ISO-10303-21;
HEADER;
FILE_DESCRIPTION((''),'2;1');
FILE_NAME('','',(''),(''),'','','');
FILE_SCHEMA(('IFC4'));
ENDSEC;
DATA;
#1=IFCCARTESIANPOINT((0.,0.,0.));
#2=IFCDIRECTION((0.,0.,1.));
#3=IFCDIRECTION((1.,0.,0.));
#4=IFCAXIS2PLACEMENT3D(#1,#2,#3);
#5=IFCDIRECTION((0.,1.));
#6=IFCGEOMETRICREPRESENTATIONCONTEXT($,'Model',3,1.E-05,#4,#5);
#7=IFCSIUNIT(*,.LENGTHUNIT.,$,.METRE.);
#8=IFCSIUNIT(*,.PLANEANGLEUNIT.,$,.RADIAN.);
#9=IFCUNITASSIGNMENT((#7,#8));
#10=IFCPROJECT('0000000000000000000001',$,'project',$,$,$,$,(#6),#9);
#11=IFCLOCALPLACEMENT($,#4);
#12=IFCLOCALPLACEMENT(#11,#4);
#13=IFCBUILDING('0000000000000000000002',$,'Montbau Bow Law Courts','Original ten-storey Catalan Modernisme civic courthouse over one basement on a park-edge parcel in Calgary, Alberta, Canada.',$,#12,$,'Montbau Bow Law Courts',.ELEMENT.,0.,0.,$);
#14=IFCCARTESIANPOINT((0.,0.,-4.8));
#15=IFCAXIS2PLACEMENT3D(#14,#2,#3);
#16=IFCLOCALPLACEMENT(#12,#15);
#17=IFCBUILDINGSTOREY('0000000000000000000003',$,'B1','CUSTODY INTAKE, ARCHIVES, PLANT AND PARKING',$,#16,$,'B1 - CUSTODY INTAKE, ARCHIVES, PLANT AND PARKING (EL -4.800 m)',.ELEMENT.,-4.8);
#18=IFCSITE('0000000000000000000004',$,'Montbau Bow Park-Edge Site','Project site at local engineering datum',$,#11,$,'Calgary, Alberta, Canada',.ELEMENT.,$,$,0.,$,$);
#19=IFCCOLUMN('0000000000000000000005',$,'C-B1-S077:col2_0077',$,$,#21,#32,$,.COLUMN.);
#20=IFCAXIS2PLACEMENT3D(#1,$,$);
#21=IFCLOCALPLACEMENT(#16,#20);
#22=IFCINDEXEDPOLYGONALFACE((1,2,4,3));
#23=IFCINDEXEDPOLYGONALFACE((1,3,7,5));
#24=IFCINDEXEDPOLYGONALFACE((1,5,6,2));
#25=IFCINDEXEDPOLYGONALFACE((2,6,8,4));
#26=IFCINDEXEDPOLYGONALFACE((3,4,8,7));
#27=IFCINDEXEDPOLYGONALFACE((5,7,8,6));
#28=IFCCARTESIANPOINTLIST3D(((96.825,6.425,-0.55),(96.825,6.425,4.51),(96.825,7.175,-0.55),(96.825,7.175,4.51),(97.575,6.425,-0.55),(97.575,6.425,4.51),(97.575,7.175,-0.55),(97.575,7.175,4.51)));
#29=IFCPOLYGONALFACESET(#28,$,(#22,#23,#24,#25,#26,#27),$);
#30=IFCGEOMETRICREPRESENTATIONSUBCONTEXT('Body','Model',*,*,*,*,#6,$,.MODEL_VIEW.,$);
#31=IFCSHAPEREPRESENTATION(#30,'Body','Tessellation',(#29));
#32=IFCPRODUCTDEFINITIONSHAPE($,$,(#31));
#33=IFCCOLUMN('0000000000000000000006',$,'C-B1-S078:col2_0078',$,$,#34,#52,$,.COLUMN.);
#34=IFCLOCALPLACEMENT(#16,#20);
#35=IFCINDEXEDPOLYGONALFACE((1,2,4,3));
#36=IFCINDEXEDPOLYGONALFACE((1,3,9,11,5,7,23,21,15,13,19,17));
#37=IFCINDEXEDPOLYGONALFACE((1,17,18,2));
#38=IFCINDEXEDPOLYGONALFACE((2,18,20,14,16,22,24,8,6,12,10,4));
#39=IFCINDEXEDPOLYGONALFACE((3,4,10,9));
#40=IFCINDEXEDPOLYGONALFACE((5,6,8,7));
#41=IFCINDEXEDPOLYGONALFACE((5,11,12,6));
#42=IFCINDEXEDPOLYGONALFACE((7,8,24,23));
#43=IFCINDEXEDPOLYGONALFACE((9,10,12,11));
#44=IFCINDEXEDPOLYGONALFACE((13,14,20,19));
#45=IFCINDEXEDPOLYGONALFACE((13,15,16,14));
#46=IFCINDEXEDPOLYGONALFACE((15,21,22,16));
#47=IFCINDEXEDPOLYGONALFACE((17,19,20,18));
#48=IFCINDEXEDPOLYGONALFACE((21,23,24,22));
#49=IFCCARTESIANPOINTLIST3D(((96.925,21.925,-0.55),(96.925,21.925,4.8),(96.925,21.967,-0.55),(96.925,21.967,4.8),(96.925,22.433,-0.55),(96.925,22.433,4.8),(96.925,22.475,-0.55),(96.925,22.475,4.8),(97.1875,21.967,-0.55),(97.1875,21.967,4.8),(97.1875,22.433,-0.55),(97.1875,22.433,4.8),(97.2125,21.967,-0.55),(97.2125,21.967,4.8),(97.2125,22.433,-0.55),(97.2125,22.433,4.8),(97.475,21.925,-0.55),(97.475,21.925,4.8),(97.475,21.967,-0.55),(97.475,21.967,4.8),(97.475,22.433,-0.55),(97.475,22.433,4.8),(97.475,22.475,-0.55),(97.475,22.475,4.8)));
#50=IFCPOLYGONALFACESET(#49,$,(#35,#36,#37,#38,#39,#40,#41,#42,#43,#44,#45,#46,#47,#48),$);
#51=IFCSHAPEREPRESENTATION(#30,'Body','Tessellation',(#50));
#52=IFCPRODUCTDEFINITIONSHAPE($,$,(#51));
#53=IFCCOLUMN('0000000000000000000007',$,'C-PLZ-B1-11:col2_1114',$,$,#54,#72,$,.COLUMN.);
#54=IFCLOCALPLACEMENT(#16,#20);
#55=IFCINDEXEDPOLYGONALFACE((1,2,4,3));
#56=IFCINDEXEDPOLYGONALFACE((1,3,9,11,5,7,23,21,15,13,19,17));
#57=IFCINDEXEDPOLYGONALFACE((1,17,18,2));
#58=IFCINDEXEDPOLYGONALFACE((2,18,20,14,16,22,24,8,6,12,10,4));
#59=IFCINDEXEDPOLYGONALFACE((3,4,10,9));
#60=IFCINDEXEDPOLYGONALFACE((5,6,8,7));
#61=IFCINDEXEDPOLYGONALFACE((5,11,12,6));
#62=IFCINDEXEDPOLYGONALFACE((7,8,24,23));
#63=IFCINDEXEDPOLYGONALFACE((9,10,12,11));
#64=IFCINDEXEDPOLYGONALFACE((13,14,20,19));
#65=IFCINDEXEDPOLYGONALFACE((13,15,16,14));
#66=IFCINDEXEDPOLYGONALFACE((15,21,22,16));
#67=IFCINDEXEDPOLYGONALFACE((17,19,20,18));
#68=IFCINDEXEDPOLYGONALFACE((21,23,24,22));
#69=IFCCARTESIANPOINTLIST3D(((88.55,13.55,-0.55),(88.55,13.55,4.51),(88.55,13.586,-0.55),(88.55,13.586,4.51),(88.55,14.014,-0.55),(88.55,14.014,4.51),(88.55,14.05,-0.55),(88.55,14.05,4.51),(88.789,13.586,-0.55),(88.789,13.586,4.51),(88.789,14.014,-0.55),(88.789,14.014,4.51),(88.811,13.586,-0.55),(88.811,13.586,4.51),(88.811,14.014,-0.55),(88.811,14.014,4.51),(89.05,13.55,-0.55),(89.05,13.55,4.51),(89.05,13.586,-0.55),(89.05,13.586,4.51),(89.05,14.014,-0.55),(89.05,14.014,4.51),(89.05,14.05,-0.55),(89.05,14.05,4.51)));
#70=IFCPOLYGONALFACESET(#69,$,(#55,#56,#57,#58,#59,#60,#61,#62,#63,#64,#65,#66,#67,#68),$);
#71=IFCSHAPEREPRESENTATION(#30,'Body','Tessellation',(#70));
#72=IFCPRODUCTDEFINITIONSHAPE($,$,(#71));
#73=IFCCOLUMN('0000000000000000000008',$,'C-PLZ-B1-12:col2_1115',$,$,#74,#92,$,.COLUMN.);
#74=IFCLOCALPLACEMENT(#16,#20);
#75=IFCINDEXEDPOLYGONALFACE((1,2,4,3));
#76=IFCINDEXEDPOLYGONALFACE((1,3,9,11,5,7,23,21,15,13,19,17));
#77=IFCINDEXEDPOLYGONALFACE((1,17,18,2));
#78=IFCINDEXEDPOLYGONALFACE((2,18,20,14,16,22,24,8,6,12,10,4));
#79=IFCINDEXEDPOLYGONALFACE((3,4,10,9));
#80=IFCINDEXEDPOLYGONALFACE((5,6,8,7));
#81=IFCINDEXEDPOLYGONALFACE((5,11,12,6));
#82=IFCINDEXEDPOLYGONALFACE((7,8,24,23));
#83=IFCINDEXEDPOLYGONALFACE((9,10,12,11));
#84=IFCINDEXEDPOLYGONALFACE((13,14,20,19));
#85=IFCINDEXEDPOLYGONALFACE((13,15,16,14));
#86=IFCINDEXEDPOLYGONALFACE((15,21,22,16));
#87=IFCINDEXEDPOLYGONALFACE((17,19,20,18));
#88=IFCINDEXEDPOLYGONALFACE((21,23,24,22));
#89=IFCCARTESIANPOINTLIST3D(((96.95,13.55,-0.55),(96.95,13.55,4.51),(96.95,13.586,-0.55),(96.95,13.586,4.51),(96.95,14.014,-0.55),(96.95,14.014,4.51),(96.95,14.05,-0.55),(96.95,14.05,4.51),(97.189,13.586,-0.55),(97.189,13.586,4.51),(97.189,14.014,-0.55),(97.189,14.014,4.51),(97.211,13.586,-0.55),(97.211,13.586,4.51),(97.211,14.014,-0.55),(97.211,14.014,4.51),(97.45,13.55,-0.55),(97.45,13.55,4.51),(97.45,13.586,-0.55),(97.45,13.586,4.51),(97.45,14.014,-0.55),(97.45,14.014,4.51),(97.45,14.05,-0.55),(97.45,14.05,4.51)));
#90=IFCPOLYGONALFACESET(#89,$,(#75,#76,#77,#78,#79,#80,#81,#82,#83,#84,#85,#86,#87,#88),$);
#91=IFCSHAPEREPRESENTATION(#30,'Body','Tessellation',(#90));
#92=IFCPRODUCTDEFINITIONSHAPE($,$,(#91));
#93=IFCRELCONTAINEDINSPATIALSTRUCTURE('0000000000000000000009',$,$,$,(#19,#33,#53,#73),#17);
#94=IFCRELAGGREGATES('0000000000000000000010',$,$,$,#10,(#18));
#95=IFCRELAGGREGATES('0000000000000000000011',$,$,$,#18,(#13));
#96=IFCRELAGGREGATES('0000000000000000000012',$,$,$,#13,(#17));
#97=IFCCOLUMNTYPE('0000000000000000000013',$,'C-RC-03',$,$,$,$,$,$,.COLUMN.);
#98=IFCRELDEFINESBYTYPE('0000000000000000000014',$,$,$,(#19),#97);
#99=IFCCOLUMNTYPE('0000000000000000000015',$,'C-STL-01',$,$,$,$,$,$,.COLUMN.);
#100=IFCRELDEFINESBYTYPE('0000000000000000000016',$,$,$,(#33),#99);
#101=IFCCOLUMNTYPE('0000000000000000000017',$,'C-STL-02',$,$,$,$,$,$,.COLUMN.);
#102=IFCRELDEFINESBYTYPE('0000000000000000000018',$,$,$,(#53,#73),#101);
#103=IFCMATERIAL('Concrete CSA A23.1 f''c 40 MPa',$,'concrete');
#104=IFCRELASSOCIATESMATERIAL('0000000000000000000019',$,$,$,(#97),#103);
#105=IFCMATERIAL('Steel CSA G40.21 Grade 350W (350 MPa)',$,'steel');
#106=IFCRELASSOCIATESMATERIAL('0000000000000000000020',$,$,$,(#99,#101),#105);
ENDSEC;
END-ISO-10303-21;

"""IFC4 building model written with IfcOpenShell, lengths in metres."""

from ifc_helpers import new_model, si_unit, direction, frame, origin_with_axes, origin_2d_with_axis, place, context, subcontext, project, spatial, rectangle, i_section, extrude, material, material_profile, profile_set, type_object, element, save


model = new_model("IFC4")

# Units and contexts
model_context = context("Model", 3, precision=1e-05, world=origin_with_axes(), true_north=direction((0.0, 1.0)))
body_context = subcontext(model_context, "Body", "Model", "MODEL_VIEW")
ifc_project = project(units=[si_unit("LENGTHUNIT", "METRE"), si_unit("PLANEANGLEUNIT", "RADIAN")], contexts=[model_context])

# Site, building, storey
site_placement = place(None, origin_with_axes())
site = spatial("IfcSite", under=ifc_project, at=site_placement, Name="Montbau Bow Park-Edge Site", Description="Project site at local engineering datum", LongName="Calgary, Alberta, Canada", CompositionType="ELEMENT", RefElevation=0.0)
building_placement = place(site_placement, origin_with_axes())
building = spatial("IfcBuilding", under=site, at=building_placement, Name="Montbau Bow Law Courts", Description="Original ten-storey Catalan Modernisme civic courthouse over one basement on a park-edge parcel in Calgary, Alberta, Canada.", LongName="Montbau Bow Law Courts", CompositionType="ELEMENT", ElevationOfRefHeight=0.0, ElevationOfTerrain=0.0)
storey_placement = place(building_placement, frame((0.0, 0.0, -4.8), z_axis=(0.0, 0.0, 1.0), x_axis=(1.0, 0.0, 0.0)))
storey = spatial("IfcBuildingStorey", under=building, at=storey_placement, Name="B1", Description="CUSTODY INTAKE, ARCHIVES, PLANT AND PARKING", LongName="B1 - CUSTODY INTAKE, ARCHIVES, PLANT AND PARKING (EL -4.800 m)", CompositionType="ELEMENT", Elevation=-4.8)

# Shared definitions
ifc_material_1 = material(Name="Concrete CSA A23.1 f'c 40 MPa", Category="concrete")

# Columns
ifc_material_profile_1 = material_profile(ifc_material_1, rectangle(XDim=0.75, YDim=0.75, at=origin_2d_with_axis()), Name="RC750X750", Category="Main", Priority=0)
ifc_profile_set_1 = profile_set([ifc_material_profile_1], Name="Concrete CSA A23.1 f'c 40 MPa")
column_type_1 = type_object("IfcColumnType", Name="C-RC-03", PredefinedType="COLUMN", material=ifc_profile_set_1)
column_1_placement = place(None, frame((97.2, 6.8, -5.35), z_axis=(0.0, 0.0, 1.0), x_axis=(1.0, 0.0, 0.0)))
element("IfcColumn", 1, at=column_1_placement, inside=storey, type_object=column_type_1, Name="C-B1-S077:col2_0077", PredefinedType="COLUMN", context=body_context, shape_type="SweptSolid", body=[
    extrude(rectangle(XDim=0.75, YDim=0.75, at=origin_2d_with_axis()), origin_with_axes(), (0.0, 0.0, 1.0), 5.06),
])
ifc_material_2 = material(Name="Steel CSA G40.21 Grade 350W (350 MPa)", Category="steel")
ifc_material_profile_2 = material_profile(ifc_material_2, i_section(OverallWidth=0.55, OverallDepth=0.55, WebThickness=0.025, FlangeThickness=0.042, at=origin_2d_with_axis()), Name="WWF550X420", Category="Main", Priority=0)
ifc_profile_set_2 = profile_set([ifc_material_profile_2], Name="Steel CSA G40.21 Grade 350W (350 MPa)")
column_type_2 = type_object("IfcColumnType", Name="C-STL-01", PredefinedType="COLUMN", material=ifc_profile_set_2)
column_2_placement = place(None, frame((97.2, 22.2, -5.35), z_axis=(0.0, 0.0, 1.0), x_axis=(1.0, 0.0, 0.0)))
element("IfcColumn", 2, at=column_2_placement, inside=storey, type_object=column_type_2, Name="C-B1-S078:col2_0078", PredefinedType="COLUMN", context=body_context, shape_type="SweptSolid", body=[
    extrude(i_section(OverallWidth=0.55, OverallDepth=0.55, WebThickness=0.025, FlangeThickness=0.042, at=origin_2d_with_axis()), origin_with_axes(), (0.0, 0.0, 1.0), 5.35),
])
ifc_material_profile_3 = material_profile(ifc_material_2, i_section(OverallWidth=0.5, OverallDepth=0.5, WebThickness=0.022, FlangeThickness=0.036, at=origin_2d_with_axis()), Name="WWF500X343", Category="Main", Priority=0)
ifc_profile_set_3 = profile_set([ifc_material_profile_3], Name="Steel CSA G40.21 Grade 350W (350 MPa)")
column_type_3 = type_object("IfcColumnType", Name="C-STL-02", PredefinedType="COLUMN", material=ifc_profile_set_3)
for number, where, z_axis, x_axis, name in (
    (3, (88.8, 13.8, -5.35), (0.0, 0.0, 1.0), (1.0, 0.0, 0.0), "C-PLZ-B1-11:col2_1114"),
    (4, (97.2, 13.8, -5.35), (0.0, 0.0, 1.0), (1.0, 0.0, 0.0), "C-PLZ-B1-12:col2_1115"),
):
    element("IfcColumn", number, at=place(None, frame(where, z_axis=z_axis, x_axis=x_axis)), inside=storey, type_object=column_type_3, Name=name, PredefinedType="COLUMN", context=body_context, shape_type="SweptSolid", body=[
        extrude(i_section(OverallWidth=0.5, OverallDepth=0.5, WebThickness=0.022, FlangeThickness=0.036, at=origin_2d_with_axis()), origin_with_axes(), (0.0, 0.0, 1.0), 5.06),
    ])

save(model, "model.ifc")
